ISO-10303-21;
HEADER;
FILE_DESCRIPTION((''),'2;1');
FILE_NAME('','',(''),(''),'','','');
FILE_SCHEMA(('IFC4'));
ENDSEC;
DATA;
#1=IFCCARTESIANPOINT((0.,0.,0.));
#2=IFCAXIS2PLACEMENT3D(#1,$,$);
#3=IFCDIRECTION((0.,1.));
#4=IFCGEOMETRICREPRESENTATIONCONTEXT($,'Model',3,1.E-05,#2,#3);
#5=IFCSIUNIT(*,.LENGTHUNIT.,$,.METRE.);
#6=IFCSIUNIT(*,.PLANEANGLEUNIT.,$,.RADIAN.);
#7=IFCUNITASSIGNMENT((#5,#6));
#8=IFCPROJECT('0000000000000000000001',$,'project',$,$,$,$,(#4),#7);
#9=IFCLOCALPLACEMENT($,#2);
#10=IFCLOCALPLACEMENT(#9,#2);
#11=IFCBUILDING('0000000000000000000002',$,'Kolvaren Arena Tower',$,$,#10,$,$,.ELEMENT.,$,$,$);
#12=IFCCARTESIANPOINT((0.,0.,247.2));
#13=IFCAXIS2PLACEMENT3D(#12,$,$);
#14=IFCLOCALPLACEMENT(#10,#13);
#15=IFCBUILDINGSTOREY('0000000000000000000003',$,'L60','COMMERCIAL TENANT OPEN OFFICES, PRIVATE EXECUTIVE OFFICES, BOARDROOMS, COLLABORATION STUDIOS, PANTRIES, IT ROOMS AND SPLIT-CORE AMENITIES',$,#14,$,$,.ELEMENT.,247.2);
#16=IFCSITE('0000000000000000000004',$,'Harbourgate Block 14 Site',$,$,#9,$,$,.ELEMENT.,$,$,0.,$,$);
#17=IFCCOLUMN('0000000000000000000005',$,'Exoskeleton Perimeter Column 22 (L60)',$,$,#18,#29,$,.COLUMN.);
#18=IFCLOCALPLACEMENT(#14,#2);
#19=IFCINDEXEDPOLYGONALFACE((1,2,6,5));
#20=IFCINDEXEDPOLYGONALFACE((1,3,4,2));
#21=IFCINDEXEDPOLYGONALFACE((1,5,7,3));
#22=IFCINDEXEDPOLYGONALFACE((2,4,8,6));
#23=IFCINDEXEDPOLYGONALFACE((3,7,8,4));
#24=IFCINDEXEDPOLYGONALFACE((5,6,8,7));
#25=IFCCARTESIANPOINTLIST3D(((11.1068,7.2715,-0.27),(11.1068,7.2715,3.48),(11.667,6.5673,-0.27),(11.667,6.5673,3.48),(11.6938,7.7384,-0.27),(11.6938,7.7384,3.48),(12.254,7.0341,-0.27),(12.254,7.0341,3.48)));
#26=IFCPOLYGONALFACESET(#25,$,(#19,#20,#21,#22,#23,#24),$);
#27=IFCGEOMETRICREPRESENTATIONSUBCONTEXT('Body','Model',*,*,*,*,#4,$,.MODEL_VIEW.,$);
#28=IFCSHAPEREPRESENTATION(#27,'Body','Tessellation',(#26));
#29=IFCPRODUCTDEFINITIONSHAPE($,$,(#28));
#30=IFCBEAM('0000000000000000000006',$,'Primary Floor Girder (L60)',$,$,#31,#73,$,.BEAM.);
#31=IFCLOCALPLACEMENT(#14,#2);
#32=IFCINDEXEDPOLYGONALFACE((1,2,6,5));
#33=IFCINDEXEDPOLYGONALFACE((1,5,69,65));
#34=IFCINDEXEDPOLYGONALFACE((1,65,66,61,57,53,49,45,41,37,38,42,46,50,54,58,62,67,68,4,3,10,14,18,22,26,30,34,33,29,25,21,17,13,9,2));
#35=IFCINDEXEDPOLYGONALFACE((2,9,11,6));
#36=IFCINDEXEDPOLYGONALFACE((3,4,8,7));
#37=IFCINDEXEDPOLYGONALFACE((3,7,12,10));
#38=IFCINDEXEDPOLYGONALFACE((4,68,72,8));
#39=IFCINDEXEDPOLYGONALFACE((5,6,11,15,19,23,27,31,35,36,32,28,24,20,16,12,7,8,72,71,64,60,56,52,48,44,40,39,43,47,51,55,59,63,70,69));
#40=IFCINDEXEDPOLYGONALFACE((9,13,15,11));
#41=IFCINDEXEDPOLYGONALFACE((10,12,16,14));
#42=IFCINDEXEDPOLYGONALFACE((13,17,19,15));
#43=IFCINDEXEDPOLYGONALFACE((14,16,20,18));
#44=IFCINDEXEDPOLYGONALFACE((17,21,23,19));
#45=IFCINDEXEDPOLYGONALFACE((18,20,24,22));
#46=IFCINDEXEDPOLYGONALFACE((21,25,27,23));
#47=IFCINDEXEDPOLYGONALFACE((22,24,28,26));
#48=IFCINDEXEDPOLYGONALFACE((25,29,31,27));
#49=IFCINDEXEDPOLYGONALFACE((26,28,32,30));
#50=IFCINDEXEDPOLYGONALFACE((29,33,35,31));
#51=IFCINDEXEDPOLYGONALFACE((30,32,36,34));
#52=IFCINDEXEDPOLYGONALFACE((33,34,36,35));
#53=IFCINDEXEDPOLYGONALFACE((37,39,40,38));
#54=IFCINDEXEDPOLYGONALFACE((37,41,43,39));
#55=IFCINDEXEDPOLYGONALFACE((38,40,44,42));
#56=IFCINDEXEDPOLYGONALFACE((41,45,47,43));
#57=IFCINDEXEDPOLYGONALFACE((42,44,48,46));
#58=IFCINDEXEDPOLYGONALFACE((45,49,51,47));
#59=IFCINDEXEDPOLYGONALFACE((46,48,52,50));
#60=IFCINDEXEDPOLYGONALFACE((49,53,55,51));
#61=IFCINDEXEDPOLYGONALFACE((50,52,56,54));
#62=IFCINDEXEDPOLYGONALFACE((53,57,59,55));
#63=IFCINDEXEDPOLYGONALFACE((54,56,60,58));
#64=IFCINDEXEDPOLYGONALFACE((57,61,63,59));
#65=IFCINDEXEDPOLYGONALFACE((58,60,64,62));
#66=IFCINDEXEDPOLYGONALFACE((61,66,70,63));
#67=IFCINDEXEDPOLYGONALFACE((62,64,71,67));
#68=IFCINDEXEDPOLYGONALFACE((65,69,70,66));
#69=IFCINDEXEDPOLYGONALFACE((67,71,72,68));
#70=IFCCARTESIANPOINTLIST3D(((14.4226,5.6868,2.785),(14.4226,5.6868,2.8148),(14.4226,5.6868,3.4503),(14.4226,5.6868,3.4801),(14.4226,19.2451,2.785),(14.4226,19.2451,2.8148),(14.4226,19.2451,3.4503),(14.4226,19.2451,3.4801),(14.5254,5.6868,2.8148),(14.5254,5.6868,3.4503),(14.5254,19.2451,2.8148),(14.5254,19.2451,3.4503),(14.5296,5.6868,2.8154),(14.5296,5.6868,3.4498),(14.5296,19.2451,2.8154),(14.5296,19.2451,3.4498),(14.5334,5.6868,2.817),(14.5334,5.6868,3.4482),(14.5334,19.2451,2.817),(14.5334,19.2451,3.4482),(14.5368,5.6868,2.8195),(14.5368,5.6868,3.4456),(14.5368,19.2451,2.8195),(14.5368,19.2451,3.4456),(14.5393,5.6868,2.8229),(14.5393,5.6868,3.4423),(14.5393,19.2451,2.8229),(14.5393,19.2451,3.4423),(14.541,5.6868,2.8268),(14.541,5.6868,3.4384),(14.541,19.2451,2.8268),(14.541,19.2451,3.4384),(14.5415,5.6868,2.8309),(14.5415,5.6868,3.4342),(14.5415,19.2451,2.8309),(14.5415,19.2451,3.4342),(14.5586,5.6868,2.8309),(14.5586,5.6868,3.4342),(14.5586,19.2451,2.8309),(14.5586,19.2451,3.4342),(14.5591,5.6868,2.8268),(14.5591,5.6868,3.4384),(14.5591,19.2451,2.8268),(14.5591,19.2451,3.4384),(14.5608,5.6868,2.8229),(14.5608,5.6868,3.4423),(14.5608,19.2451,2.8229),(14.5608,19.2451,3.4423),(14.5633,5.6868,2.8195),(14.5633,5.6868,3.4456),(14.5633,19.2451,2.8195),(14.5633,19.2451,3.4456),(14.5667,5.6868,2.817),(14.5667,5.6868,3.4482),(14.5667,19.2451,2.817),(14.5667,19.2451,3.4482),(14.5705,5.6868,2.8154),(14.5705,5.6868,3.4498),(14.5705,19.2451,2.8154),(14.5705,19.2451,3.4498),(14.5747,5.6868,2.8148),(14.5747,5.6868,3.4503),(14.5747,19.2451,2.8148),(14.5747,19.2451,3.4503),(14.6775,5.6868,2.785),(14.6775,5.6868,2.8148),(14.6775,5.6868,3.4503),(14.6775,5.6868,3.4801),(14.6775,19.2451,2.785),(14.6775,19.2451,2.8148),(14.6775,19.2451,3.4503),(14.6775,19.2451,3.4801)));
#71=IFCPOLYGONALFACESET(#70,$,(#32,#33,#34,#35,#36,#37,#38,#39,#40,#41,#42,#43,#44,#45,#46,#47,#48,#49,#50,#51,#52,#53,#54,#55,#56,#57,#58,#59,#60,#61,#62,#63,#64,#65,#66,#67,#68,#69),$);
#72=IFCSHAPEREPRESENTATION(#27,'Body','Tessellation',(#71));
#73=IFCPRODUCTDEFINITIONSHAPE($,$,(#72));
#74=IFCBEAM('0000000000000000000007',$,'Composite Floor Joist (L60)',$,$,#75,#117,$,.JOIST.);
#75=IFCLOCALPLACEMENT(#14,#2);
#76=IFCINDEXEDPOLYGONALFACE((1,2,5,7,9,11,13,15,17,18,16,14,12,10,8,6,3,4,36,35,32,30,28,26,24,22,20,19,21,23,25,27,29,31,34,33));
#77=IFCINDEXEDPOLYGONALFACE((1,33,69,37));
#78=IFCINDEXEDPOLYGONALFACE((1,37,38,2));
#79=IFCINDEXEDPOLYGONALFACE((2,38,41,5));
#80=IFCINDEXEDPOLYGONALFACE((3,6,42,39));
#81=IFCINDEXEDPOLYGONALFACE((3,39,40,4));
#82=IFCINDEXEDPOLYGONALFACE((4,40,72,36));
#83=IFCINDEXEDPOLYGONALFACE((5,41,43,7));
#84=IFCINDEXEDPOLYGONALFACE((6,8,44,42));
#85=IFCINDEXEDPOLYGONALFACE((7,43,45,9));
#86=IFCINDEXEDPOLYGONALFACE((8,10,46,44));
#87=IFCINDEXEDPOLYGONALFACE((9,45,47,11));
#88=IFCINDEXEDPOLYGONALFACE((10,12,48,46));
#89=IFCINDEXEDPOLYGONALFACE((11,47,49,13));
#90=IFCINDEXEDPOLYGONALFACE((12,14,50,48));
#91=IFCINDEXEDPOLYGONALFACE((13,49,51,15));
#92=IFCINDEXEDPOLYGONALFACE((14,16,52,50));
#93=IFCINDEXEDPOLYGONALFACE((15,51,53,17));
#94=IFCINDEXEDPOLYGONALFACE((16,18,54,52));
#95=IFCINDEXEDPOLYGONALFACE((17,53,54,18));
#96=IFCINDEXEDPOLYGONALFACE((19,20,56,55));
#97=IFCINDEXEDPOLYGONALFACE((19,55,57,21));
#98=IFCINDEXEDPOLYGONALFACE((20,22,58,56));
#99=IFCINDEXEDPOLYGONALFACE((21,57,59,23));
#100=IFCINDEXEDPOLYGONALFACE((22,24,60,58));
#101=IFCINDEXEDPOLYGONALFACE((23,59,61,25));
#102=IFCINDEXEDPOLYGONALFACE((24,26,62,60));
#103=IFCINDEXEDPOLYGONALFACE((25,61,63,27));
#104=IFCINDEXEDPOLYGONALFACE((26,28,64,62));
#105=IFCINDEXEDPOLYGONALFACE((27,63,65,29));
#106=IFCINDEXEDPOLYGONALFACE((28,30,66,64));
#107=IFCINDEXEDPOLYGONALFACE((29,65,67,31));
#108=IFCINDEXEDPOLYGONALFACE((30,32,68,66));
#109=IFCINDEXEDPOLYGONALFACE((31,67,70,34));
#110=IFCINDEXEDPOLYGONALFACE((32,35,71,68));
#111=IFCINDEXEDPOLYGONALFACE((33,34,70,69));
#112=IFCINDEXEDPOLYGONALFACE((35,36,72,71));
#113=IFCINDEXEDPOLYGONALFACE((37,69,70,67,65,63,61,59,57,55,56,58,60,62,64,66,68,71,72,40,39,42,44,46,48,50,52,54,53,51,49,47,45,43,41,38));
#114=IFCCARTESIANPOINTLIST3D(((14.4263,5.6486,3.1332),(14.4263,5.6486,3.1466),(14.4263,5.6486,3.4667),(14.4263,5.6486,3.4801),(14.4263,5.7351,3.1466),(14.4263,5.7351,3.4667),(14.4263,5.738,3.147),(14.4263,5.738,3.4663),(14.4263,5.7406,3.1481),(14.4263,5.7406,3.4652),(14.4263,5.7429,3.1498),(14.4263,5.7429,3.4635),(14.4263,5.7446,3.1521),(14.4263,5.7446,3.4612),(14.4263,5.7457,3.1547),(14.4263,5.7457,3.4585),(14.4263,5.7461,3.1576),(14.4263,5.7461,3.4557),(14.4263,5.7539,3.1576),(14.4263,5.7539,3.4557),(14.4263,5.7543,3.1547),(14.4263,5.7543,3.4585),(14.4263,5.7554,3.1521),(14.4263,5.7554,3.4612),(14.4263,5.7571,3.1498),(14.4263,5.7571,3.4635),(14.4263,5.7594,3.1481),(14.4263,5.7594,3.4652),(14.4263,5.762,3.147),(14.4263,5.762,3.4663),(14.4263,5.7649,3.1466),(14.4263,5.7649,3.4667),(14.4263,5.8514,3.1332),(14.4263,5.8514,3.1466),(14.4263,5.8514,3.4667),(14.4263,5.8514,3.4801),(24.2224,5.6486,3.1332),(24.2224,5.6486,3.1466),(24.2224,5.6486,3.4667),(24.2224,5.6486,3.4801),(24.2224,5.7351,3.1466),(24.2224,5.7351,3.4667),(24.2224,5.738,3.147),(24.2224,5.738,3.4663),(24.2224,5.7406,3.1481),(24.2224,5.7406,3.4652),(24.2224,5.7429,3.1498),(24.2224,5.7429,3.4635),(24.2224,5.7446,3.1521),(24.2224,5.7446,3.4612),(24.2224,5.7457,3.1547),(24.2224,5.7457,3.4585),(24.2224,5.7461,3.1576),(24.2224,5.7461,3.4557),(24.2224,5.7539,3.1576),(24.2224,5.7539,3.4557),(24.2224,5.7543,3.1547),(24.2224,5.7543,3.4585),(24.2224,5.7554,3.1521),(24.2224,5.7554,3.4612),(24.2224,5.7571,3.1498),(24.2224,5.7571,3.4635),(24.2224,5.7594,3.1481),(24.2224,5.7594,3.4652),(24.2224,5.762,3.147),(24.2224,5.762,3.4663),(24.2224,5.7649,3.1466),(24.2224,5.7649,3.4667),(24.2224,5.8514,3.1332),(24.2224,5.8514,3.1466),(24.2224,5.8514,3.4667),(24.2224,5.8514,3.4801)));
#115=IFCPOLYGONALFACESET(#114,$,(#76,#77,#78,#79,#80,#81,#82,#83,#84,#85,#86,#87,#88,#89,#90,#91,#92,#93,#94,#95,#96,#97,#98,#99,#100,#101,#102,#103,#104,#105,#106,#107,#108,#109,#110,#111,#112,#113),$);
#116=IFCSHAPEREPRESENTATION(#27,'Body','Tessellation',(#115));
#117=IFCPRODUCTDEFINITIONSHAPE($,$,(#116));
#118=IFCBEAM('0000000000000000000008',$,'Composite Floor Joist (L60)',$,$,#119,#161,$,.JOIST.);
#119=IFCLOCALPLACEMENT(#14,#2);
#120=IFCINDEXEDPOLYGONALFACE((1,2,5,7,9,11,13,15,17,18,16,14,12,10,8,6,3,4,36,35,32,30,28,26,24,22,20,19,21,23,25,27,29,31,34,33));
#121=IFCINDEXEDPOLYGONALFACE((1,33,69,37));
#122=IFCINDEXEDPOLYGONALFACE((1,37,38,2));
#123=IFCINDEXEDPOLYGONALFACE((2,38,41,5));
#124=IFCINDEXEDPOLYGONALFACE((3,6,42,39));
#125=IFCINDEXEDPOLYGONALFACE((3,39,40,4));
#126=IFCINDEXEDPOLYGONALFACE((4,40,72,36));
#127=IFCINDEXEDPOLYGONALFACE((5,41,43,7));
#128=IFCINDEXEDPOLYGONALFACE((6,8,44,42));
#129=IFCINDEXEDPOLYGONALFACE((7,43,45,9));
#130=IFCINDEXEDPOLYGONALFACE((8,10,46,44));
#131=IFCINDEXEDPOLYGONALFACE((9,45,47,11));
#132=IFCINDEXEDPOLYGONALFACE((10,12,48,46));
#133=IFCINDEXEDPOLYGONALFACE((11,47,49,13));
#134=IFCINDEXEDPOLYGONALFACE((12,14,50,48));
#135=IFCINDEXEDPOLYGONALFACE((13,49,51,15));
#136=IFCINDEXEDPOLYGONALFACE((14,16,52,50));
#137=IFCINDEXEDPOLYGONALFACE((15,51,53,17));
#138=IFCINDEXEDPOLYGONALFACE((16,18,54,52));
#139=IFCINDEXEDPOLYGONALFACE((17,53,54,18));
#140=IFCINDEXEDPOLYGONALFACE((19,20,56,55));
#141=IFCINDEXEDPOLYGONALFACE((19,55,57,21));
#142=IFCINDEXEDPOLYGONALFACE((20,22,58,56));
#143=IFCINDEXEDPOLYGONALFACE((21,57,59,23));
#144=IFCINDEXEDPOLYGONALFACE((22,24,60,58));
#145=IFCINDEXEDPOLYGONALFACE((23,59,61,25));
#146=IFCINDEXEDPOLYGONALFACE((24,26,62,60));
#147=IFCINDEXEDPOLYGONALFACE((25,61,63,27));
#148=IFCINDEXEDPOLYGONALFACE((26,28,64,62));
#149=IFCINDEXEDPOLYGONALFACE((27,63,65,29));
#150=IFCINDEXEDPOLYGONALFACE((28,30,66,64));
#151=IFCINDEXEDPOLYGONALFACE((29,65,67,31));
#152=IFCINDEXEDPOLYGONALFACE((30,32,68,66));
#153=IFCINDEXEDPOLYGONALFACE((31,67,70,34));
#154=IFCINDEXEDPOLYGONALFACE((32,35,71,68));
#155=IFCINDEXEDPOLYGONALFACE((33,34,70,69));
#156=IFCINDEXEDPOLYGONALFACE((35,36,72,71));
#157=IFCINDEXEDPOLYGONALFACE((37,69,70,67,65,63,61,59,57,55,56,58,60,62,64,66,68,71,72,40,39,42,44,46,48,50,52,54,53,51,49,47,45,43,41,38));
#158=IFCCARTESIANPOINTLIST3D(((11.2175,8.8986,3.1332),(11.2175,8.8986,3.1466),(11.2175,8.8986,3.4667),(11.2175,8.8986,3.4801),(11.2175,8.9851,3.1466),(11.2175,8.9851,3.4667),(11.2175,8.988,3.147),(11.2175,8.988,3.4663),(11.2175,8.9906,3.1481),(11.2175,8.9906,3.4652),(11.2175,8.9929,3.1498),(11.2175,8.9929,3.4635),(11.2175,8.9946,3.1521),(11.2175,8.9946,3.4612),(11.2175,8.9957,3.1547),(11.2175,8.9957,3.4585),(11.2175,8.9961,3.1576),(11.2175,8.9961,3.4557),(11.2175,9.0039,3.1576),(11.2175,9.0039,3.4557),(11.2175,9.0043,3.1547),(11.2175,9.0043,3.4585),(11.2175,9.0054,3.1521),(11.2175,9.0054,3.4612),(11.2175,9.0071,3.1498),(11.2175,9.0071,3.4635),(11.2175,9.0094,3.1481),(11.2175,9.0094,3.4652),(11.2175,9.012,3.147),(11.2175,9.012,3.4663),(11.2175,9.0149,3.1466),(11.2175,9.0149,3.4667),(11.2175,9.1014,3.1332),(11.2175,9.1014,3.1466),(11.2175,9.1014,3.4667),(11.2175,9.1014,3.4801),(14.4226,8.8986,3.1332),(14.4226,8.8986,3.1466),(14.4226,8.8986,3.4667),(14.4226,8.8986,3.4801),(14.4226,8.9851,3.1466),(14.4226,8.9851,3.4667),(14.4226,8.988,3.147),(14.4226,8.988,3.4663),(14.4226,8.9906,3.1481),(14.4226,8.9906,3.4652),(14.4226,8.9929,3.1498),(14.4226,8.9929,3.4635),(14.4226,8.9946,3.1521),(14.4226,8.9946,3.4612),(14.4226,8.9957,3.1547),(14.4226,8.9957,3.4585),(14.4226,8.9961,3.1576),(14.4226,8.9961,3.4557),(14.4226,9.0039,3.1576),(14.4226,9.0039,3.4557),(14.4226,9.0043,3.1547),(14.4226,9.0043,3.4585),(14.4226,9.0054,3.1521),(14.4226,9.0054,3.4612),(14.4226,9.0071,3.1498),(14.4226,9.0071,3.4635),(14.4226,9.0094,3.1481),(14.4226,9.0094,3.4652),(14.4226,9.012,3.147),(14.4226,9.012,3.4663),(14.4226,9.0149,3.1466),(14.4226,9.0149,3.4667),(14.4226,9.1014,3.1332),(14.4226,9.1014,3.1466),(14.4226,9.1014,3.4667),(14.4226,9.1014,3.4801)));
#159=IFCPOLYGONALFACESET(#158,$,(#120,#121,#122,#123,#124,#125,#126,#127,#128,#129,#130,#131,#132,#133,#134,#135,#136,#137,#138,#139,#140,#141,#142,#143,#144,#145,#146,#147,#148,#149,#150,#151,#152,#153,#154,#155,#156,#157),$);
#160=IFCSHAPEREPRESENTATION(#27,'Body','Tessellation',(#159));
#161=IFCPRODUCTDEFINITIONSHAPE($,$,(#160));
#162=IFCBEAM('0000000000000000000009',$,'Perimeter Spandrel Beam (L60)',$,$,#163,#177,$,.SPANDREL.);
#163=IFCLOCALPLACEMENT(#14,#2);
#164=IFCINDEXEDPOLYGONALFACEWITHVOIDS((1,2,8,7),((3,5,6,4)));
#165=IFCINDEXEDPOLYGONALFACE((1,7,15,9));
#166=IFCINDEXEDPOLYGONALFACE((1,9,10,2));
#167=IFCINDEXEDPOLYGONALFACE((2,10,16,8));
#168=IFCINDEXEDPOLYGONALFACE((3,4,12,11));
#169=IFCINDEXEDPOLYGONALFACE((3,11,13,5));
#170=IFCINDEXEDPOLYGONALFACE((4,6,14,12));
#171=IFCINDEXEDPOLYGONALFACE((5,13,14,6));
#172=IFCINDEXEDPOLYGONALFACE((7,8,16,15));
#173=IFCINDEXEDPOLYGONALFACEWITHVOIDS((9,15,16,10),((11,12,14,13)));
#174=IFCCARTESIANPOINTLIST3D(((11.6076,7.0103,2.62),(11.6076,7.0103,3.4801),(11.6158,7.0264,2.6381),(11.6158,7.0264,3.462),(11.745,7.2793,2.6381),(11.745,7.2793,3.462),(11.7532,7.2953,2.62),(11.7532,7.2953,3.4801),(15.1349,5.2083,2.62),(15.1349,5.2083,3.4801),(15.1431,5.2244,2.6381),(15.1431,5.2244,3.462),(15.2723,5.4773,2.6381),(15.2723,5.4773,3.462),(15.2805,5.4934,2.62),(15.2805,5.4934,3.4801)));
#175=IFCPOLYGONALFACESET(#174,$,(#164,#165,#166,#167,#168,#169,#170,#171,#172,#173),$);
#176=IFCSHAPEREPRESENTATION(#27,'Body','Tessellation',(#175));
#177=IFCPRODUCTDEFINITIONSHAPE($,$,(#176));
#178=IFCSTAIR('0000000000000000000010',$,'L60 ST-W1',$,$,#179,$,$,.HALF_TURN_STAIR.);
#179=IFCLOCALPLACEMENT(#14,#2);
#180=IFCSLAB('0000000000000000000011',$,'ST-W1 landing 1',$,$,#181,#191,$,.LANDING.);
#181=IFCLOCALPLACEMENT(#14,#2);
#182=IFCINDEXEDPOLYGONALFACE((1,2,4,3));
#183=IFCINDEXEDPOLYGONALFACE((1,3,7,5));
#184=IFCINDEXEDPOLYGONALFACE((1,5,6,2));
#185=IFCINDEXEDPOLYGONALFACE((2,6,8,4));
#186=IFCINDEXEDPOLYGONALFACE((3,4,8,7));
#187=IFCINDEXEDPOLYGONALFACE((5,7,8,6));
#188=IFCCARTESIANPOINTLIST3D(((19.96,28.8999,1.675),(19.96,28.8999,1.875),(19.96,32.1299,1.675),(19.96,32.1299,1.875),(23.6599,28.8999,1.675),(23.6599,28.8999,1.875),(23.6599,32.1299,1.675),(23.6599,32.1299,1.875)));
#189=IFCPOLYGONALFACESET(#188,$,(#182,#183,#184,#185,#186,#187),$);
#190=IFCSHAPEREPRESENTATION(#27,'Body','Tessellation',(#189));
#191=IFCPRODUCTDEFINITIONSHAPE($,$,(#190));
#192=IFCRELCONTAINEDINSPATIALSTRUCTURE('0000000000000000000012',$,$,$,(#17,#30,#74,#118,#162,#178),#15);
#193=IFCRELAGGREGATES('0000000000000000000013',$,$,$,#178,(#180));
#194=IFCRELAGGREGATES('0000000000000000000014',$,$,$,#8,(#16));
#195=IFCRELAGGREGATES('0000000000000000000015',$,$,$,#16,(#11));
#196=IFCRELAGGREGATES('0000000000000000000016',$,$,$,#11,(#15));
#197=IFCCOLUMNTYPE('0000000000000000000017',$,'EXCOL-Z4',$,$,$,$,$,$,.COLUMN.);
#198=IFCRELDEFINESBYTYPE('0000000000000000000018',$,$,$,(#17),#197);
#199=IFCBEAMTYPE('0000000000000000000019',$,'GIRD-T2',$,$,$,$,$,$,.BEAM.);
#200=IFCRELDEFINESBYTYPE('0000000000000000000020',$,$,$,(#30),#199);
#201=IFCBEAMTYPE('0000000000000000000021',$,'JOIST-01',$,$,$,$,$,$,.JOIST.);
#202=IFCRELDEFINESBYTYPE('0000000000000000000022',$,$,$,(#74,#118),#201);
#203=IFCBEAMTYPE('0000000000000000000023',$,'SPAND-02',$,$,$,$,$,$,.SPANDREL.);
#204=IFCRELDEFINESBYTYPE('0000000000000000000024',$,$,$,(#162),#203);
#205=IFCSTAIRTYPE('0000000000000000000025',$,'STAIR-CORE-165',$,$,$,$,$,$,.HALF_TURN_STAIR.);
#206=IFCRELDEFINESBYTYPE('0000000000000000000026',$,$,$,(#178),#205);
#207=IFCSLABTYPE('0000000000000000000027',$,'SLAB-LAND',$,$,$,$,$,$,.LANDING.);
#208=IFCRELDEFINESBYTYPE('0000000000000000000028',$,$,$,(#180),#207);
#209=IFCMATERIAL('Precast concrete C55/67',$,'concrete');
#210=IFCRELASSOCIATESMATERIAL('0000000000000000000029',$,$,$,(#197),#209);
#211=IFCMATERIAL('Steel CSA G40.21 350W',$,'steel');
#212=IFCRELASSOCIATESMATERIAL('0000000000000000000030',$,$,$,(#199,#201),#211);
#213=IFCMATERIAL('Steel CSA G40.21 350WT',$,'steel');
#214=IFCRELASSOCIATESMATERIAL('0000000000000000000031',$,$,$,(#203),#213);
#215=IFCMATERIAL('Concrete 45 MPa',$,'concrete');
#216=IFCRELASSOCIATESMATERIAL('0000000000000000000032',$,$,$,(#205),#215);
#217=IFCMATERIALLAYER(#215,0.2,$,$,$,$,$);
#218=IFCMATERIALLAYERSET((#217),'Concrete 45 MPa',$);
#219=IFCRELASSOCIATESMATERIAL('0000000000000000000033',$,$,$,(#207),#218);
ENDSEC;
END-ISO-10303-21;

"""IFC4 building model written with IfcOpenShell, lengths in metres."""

from ifc_helpers import new_model, si_unit, direction, frame, origin, origin_2d, place, context, subcontext, project, spatial, polyline, rectangle, hollow_rectangle, i_section, outline, extrude, material, layer, layer_set, material_profile, profile_set, type_object, element, aggregate, save


model = new_model("IFC4")

# Units and contexts
model_context = context("Model", 3, precision=1e-05, world=origin(), true_north=direction((0.0, 1.0)))
body_context = subcontext(model_context, "Body", "Model", "MODEL_VIEW")
ifc_project = project(units=[si_unit("LENGTHUNIT", "METRE"), si_unit("PLANEANGLEUNIT", "RADIAN")], contexts=[model_context])

# Site, building, storey
site_placement = place(None, origin())
site = spatial("IfcSite", under=ifc_project, at=site_placement, Name="Harbourgate Block 14 Site", CompositionType="ELEMENT", RefElevation=0.0)
building_placement = place(site_placement, origin())
building = spatial("IfcBuilding", under=site, at=building_placement, Name="Kolvaren Arena Tower", CompositionType="ELEMENT")
storey_placement = place(building_placement, frame((0.0, 0.0, 247.2)))
storey = spatial("IfcBuildingStorey", under=building, at=storey_placement, Name="L60", Description="COMMERCIAL TENANT OPEN OFFICES, PRIVATE EXECUTIVE OFFICES, BOARDROOMS, COLLABORATION STUDIOS, PANTRIES, IT ROOMS AND SPLIT-CORE AMENITIES", CompositionType="ELEMENT", Elevation=247.2)

# Column
ifc_material_1 = material(Name="Precast concrete C55/67", Category="concrete")
ifc_material_profile_1 = material_profile(ifc_material_1, rectangle(XDim=0.8999, YDim=0.75, at=origin_2d()), Name="RC-900x750")
ifc_profile_set_1 = profile_set([ifc_material_profile_1], Name="Precast concrete C55/67")
column_type = type_object("IfcColumnType", Name="EXCOL-Z4", PredefinedType="COLUMN", material=ifc_profile_set_1)
column_placement = place(storey_placement, frame((11.6804, 7.1528, -0.27), z_axis=(0.0, 0.0, 1.0), x_axis=(-0.622515, 0.782608, 0.0)))
element("IfcColumn", 1, at=column_placement, inside=storey, type_object=column_type, Name="Exoskeleton Perimeter Column 22 (L60)", PredefinedType="COLUMN", context=body_context, shape_type="SweptSolid", body=[
    extrude(rectangle(XDim=0.8999, YDim=0.75, at=origin_2d()), origin(), (0.0, 0.0, 1.0), 3.75),
])

# Beams
ifc_material_2 = material(Name="Steel CSA G40.21 350W", Category="steel")
ifc_material_profile_2 = material_profile(ifc_material_2, i_section(OverallWidth=0.2549, OverallDepth=0.6951, WebThickness=0.0171, FlangeThickness=0.0298, FilletRadius=0.0161, at=origin_2d()), Name="W690x217")
ifc_profile_set_2 = profile_set([ifc_material_profile_2], Name="Steel CSA G40.21 350W")
beam_type_1 = type_object("IfcBeamType", Name="GIRD-T2", PredefinedType="BEAM", material=ifc_profile_set_2)
beam_1_placement = place(storey_placement, frame((14.55, 5.6868, 3.1326), z_axis=(0.0, 1.0, 0.0), x_axis=(-1.0, 0.0, 0.0)))
element("IfcBeam", 2, at=beam_1_placement, inside=storey, type_object=beam_type_1, Name="Primary Floor Girder (L60)", PredefinedType="BEAM", context=body_context, shape_type="SweptSolid", body=[
    extrude(i_section(OverallWidth=0.2549, OverallDepth=0.6951, WebThickness=0.0171, FlangeThickness=0.0298, FilletRadius=0.0161, at=origin_2d()), origin(), (0.0, 0.0, 1.0), 13.5583),
])
ifc_material_profile_3 = material_profile(ifc_material_2, i_section(OverallWidth=0.2029, OverallDepth=0.3469, WebThickness=0.0078, FlangeThickness=0.0134, FilletRadius=0.011, at=origin_2d()), Name="W360x64")
ifc_profile_set_3 = profile_set([ifc_material_profile_3], Name="Steel CSA G40.21 350W")
beam_type_2 = type_object("IfcBeamType", Name="JOIST-01", PredefinedType="JOIST", material=ifc_profile_set_3)
beam_2_placement = place(storey_placement, frame((14.4263, 5.75, 3.3066), z_axis=(1.0, 0.0, 0.0), x_axis=(0.0, 1.0, 0.0)))
element("IfcBeam", 3, at=beam_2_placement, inside=storey, type_object=beam_type_2, Name="Composite Floor Joist (L60)", PredefinedType="JOIST", context=body_context, shape_type="SweptSolid", body=[
    extrude(i_section(OverallWidth=0.2029, OverallDepth=0.3469, WebThickness=0.0078, FlangeThickness=0.0134, FilletRadius=0.011, at=origin_2d()), origin(), (0.0, 0.0, 1.0), 9.7961),
])
beam_3_placement = place(storey_placement, frame((11.2175, 9.0, 3.3066), z_axis=(1.0, 0.0, 0.0), x_axis=(0.0, 1.0, 0.0)))
element("IfcBeam", 4, at=beam_3_placement, inside=storey, type_object=beam_type_2, Name="Composite Floor Joist (L60)", PredefinedType="JOIST", context=body_context, shape_type="SweptSolid", body=[
    extrude(i_section(OverallWidth=0.2029, OverallDepth=0.3469, WebThickness=0.0078, FlangeThickness=0.0134, FilletRadius=0.011, at=origin_2d()), origin(), (0.0, 0.0, 1.0), 3.2051),
])
ifc_material_3 = material(Name="Steel CSA G40.21 350WT", Category="steel")
ifc_material_profile_4 = material_profile(ifc_material_3, hollow_rectangle(XDim=0.3201, YDim=0.8601, WallThickness=0.0181, at=origin_2d()), Name="HSS 860x320x18")
ifc_profile_set_4 = profile_set([ifc_material_profile_4], Name="Steel CSA G40.21 350WT")
beam_type_3 = type_object("IfcBeamType", Name="SPAND-02", PredefinedType="SPANDREL", material=ifc_profile_set_4)
beam_4_placement = place(storey_placement, frame((11.6804, 7.1528, 3.05), z_axis=(0.890523, -0.454938, 0.0), x_axis=(0.454938, 0.890523, 0.0)))
element("IfcBeam", 5, at=beam_4_placement, inside=storey, type_object=beam_type_3, Name="Perimeter Spandrel Beam (L60)", PredefinedType="SPANDREL", context=body_context, shape_type="SweptSolid", body=[
    extrude(hollow_rectangle(XDim=0.3201, YDim=0.8601, WallThickness=0.0181, at=origin_2d()), origin(), (0.0, 0.0, 1.0), 3.9609),
])

# Stair, slab
ifc_material_4 = material(Name="Concrete 45 MPa", Category="concrete")
stair_type_1 = type_object("IfcStairType", Name="STAIR-CORE-165", PredefinedType="HALF_TURN_STAIR", material=ifc_material_4)
stair_1_placement = place(storey_placement, origin())
stair_1 = element("IfcStair", 6, at=stair_1_placement, inside=storey, type_object=stair_type_1, Name="L60 ST-W1", PredefinedType="HALF_TURN_STAIR")
ifc_layer_1 = layer(ifc_material_4, 0.2)
ifc_layer_set_1 = layer_set([ifc_layer_1], Name="Concrete 45 MPa")
slab_type_1 = type_object("IfcSlabType", Name="SLAB-LAND", PredefinedType="LANDING", material=ifc_layer_set_1)
slab_1_placement = place(storey_placement, frame((0.0, 0.0, 1.675)))
slab_1 = element("IfcSlab", 7, at=slab_1_placement, type_object=slab_type_1, Name="ST-W1 landing 1", PredefinedType="LANDING", context=body_context, shape_type="SweptSolid", body=[
    extrude(outline(polyline([(19.96, 28.8999), (23.6599, 28.8999), (23.6599, 32.1299), (19.96, 32.1299), (19.96, 28.8999)])), origin(), (0.0, 0.0, 1.0), 0.2),
])
aggregate(stair_1, [slab_1])

save(model, "model.ifc")
